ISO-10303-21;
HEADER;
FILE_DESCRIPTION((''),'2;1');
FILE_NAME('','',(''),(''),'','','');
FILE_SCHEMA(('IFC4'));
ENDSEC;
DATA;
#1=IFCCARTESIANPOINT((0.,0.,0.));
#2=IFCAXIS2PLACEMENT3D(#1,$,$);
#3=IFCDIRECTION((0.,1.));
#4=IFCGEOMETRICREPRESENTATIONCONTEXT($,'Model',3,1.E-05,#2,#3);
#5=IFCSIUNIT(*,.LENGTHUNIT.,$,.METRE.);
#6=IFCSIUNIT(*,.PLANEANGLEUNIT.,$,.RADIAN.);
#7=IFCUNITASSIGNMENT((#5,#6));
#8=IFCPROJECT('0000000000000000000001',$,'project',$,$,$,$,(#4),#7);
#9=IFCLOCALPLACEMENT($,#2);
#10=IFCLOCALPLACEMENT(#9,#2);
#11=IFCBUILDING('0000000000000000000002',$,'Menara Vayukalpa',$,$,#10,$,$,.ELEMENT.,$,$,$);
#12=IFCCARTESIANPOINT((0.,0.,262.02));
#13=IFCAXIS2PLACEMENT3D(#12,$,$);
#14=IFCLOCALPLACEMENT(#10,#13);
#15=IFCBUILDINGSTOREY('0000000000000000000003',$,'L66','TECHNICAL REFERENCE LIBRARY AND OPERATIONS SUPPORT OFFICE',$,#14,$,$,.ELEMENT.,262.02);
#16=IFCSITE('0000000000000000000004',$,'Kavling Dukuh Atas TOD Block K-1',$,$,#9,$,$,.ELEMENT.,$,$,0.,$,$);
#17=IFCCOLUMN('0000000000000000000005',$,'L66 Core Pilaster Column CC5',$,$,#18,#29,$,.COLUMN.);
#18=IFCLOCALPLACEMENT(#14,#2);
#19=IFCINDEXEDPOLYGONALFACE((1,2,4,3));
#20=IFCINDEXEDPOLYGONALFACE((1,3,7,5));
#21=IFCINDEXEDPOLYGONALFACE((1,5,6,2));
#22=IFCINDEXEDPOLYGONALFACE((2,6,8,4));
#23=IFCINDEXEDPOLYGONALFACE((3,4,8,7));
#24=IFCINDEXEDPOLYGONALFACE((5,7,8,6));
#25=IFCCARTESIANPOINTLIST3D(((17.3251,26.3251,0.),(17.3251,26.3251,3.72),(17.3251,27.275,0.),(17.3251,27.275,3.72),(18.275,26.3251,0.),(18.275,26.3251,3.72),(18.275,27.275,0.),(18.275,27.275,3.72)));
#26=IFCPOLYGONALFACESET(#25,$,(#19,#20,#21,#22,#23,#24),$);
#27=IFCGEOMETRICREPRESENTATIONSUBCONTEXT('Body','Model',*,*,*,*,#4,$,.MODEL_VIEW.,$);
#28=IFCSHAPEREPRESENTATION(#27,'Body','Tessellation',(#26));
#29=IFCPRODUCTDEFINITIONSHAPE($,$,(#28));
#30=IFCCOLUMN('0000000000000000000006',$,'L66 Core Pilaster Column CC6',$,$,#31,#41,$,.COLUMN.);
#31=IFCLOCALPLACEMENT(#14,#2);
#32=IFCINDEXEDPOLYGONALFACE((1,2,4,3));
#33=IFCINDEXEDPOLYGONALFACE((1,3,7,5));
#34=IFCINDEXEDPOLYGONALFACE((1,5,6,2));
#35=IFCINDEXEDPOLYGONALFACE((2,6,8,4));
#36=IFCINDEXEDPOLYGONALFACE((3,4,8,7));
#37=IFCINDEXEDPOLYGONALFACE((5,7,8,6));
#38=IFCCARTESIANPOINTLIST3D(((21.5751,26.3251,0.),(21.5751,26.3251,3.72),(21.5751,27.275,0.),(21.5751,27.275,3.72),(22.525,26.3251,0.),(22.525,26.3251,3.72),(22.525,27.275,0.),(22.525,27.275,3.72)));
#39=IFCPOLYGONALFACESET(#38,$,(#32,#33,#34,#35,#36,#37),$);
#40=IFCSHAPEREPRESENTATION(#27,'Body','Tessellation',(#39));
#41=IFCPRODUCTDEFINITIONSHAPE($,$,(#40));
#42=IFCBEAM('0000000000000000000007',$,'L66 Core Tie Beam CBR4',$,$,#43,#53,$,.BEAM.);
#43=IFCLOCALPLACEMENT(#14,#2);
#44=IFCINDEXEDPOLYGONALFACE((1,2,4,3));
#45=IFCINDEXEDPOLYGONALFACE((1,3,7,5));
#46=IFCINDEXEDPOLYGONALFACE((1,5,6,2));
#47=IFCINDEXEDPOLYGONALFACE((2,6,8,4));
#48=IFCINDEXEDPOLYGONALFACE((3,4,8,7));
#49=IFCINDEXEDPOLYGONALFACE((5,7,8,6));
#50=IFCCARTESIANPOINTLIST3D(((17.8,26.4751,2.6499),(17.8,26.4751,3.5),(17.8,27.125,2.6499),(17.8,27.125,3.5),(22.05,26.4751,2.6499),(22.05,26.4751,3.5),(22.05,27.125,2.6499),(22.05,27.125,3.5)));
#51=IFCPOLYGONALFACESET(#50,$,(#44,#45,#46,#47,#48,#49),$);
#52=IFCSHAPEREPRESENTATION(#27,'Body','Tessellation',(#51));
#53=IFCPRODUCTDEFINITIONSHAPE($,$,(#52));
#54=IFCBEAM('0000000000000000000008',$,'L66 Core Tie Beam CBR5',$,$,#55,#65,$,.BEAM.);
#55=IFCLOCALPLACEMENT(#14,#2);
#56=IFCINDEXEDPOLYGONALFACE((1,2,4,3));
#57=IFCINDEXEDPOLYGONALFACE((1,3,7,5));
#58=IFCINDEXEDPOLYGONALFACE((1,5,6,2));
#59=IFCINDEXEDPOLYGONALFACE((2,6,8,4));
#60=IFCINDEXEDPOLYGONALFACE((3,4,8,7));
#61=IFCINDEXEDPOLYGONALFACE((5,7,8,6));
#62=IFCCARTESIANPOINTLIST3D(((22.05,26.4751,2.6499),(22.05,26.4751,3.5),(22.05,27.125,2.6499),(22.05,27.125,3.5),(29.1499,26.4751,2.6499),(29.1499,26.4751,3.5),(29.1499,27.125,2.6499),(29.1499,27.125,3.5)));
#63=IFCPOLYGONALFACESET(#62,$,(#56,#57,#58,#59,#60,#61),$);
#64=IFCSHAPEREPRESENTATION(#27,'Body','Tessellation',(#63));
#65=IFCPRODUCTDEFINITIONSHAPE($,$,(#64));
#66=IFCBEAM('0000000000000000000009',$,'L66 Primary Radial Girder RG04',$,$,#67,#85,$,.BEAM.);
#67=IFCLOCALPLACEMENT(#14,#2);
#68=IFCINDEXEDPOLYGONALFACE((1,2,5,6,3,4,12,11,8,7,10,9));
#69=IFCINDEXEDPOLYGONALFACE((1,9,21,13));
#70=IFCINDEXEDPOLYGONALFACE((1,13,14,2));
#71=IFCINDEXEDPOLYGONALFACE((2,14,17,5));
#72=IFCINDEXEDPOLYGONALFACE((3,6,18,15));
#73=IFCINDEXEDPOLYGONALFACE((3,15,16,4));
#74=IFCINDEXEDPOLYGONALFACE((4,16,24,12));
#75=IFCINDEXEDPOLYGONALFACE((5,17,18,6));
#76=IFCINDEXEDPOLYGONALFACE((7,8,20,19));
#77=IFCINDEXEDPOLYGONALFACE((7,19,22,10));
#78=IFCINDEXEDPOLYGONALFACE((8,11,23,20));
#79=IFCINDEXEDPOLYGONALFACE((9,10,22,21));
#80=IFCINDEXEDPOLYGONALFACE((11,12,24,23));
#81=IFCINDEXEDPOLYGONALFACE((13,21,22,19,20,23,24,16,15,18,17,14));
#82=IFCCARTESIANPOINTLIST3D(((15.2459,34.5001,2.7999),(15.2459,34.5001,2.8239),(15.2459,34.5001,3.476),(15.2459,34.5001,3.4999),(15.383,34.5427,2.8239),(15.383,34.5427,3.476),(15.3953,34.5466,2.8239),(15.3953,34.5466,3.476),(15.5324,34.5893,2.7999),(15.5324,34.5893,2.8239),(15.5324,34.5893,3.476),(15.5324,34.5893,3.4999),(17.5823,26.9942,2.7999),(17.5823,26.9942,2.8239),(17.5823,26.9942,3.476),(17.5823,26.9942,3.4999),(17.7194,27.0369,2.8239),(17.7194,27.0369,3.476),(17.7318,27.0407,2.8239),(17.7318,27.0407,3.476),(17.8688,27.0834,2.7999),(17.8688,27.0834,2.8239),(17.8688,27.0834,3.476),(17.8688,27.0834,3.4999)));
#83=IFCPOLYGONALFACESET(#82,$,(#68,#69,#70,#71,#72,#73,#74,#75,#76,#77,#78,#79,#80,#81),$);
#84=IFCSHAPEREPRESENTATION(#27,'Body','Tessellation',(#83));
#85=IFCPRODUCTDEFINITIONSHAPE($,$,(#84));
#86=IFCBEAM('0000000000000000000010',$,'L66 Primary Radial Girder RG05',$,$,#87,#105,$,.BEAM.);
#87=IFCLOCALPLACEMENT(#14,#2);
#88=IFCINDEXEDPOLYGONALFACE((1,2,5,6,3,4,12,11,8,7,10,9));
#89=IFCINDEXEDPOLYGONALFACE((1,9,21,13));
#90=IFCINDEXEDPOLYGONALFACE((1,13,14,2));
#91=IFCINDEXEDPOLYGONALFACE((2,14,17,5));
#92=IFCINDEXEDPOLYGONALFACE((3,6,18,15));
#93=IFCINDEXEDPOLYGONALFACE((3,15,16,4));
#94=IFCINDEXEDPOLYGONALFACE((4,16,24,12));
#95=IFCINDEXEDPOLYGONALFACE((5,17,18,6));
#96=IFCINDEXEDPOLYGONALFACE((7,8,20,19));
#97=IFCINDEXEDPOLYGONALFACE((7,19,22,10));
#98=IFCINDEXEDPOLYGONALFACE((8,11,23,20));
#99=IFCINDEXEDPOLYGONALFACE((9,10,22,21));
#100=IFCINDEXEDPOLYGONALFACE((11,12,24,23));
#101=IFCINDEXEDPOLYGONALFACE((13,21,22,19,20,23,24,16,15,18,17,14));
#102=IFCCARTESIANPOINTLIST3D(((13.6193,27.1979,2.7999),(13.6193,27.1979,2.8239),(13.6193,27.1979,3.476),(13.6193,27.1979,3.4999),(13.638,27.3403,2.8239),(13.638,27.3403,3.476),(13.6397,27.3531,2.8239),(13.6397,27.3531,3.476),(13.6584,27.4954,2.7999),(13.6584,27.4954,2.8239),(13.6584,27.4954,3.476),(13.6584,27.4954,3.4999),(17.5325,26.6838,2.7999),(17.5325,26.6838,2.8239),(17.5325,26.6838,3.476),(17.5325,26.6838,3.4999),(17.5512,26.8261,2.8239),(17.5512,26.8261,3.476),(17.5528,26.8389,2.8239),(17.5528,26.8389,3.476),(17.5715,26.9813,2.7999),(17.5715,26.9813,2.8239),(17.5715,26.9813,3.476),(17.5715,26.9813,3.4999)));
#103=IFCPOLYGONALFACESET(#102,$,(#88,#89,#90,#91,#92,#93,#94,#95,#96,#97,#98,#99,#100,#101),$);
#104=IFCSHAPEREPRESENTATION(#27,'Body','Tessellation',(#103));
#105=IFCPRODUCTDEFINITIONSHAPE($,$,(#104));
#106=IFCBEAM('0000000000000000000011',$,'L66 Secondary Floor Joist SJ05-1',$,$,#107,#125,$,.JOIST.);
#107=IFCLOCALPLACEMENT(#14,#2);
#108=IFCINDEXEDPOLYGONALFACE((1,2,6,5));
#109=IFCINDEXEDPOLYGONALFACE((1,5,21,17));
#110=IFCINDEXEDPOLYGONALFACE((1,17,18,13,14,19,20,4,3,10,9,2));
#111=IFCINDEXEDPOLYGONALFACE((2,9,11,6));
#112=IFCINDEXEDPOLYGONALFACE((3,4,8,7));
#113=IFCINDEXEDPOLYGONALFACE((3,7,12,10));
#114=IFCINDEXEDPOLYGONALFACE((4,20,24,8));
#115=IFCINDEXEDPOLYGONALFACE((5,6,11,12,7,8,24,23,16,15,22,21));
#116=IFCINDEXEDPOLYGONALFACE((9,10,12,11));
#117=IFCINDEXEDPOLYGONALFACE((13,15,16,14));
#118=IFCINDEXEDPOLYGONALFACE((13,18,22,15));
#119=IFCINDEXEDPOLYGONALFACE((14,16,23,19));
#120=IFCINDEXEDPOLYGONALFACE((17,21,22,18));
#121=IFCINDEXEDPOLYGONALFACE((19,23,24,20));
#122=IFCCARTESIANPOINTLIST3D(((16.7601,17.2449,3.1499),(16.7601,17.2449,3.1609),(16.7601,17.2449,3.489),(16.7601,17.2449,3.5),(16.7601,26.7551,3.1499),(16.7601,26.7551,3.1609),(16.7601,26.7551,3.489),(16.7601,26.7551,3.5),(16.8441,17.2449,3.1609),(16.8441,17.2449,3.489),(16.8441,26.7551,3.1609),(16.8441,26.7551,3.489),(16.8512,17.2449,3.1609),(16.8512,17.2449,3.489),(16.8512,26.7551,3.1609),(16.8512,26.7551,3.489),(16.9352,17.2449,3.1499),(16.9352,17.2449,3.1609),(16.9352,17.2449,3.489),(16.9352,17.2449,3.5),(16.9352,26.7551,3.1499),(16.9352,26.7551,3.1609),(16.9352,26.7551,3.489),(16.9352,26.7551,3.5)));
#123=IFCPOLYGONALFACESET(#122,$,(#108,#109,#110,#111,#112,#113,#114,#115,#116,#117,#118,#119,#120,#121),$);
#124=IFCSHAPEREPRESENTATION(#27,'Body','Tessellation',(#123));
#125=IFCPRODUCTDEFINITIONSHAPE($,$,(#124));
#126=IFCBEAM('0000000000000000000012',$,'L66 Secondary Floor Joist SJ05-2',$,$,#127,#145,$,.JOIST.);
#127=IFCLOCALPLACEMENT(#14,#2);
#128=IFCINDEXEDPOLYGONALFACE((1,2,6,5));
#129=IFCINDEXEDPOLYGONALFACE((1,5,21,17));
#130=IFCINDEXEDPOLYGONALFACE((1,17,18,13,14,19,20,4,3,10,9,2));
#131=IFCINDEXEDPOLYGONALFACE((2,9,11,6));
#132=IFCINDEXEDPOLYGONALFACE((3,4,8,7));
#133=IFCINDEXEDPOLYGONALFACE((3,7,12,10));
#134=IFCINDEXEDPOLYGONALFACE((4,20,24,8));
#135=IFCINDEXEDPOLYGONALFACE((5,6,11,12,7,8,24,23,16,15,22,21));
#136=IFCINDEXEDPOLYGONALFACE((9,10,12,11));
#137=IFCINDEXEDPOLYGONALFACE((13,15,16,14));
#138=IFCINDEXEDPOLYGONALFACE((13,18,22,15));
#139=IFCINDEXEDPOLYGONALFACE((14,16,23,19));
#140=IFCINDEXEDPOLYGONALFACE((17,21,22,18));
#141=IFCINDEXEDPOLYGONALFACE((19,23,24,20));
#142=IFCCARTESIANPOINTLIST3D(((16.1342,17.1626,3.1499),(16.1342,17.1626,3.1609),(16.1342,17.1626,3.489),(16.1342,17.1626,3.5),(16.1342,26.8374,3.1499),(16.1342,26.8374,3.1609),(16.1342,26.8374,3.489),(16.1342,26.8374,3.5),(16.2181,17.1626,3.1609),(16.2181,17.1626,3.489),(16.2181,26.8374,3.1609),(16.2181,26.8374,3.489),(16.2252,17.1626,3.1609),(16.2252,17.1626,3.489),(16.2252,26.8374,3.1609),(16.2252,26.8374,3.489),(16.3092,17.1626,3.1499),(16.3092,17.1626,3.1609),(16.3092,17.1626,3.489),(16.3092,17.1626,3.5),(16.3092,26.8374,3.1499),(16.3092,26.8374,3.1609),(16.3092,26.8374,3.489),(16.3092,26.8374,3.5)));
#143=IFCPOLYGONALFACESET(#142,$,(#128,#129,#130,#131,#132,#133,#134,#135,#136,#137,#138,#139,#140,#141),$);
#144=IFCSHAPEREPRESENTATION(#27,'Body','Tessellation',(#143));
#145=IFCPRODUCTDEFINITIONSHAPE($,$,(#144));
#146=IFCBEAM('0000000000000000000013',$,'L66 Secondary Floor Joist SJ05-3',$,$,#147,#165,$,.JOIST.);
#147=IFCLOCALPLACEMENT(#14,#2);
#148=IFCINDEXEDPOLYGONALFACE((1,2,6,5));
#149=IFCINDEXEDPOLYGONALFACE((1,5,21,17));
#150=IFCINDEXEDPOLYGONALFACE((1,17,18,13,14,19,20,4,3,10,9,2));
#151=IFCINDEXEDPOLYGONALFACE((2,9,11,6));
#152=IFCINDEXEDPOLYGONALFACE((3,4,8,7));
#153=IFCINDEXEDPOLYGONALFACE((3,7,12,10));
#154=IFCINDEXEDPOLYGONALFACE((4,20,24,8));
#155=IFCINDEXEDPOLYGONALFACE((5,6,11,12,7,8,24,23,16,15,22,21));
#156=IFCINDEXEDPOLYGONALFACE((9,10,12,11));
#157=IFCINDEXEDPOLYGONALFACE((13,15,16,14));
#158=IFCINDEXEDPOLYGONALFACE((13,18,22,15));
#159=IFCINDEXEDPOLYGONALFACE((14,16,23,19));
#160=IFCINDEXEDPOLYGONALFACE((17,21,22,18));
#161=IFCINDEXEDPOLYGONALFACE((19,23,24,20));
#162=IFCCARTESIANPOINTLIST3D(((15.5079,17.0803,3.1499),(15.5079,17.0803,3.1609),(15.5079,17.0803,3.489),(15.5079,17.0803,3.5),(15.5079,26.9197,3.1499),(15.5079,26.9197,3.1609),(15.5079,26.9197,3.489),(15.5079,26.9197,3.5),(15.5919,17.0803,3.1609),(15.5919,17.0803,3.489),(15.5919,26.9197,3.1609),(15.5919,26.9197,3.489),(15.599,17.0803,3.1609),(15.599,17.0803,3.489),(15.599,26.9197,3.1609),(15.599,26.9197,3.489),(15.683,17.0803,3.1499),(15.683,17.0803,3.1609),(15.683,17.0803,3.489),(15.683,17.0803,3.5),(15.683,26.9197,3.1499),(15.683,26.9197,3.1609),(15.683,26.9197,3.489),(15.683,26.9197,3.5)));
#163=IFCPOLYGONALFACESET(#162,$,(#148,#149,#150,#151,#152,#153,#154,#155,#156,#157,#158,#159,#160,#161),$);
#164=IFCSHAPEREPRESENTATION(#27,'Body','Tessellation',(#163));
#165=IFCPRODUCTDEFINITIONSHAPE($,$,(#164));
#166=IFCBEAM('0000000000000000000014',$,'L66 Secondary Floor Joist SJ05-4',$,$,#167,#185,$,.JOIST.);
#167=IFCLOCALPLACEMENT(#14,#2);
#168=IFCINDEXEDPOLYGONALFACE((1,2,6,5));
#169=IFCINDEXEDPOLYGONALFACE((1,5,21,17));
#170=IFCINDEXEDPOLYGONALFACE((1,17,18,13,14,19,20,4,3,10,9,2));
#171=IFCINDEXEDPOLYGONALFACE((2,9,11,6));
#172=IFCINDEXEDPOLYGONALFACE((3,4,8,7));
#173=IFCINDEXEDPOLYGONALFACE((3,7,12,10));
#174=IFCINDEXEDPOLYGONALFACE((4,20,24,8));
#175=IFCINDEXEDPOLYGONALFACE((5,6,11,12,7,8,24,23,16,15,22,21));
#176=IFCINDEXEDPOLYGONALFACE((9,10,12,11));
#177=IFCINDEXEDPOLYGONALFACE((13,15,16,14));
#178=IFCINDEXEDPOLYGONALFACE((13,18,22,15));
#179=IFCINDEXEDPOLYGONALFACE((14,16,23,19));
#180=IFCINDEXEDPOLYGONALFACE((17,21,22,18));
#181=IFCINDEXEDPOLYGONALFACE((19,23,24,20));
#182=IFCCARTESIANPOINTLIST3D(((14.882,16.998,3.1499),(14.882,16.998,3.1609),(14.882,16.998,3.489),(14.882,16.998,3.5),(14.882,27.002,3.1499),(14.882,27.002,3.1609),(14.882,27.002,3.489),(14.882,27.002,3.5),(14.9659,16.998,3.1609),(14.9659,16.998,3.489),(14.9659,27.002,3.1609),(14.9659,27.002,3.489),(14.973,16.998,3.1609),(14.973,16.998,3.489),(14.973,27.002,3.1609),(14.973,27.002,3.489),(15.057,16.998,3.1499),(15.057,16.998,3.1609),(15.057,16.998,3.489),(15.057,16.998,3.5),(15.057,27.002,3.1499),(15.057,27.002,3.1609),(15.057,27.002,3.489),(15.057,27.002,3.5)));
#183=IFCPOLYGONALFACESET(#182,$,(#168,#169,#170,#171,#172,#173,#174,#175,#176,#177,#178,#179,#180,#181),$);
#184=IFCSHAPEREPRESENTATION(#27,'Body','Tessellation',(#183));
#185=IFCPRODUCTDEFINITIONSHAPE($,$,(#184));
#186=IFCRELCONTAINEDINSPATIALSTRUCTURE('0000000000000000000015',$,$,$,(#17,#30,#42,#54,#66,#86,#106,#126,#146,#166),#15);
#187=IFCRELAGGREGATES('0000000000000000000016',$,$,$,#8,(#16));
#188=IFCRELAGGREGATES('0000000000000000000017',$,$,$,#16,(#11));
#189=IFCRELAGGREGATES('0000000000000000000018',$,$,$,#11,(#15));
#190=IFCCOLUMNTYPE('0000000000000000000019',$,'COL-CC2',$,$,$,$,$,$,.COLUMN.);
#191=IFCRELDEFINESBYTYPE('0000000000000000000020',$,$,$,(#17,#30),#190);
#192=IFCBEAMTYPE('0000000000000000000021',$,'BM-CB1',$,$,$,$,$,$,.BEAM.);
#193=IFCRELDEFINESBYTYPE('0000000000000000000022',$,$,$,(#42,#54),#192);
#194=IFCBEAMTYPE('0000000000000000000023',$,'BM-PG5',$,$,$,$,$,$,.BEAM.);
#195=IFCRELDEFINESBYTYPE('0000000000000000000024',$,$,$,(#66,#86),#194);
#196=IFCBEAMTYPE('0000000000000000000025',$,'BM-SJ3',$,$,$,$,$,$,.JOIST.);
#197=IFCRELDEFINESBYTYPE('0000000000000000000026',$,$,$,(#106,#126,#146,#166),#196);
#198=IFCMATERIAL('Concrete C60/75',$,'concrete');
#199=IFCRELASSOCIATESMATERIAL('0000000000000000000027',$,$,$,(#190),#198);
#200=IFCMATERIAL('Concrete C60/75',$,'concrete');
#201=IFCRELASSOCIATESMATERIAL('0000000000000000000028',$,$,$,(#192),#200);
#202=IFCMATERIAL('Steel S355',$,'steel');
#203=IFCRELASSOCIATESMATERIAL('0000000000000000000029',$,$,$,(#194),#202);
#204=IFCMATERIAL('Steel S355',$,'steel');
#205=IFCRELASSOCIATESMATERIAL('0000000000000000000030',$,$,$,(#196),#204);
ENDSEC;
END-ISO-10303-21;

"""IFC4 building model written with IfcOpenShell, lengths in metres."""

from ifc_helpers import new_model, si_unit, direction, frame, origin, origin_2d, place, context, subcontext, project, spatial, rectangle, i_section, extrude, material, material_profile, profile_set, type_object, element, save


model = new_model("IFC4")

# Units and contexts
model_context = context("Model", 3, precision=1e-05, world=origin(), true_north=direction((0.0, 1.0)))
body_context = subcontext(model_context, "Body", "Model", "MODEL_VIEW")
ifc_project = project(units=[si_unit("LENGTHUNIT", "METRE"), si_unit("PLANEANGLEUNIT", "RADIAN")], contexts=[model_context])

# Site, building, storey
site_placement = place(None, origin())
site = spatial("IfcSite", under=ifc_project, at=site_placement, Name="Kavling Dukuh Atas TOD Block K-1", CompositionType="ELEMENT", RefElevation=0.0)
building_placement = place(site_placement, origin())
building = spatial("IfcBuilding", under=site, at=building_placement, Name="Menara Vayukalpa", CompositionType="ELEMENT")
storey_placement = place(building_placement, frame((0.0, 0.0, 262.02)))
storey = spatial("IfcBuildingStorey", under=building, at=storey_placement, Name="L66", Description="TECHNICAL REFERENCE LIBRARY AND OPERATIONS SUPPORT OFFICE", CompositionType="ELEMENT", Elevation=262.02)

# Columns
ifc_material_1 = material(Name="Concrete C60/75", Category="concrete")
ifc_material_profile_1 = material_profile(ifc_material_1, rectangle(XDim=0.95, YDim=0.95, at=origin_2d()), Name="RC 950x950")
ifc_profile_set_1 = profile_set([ifc_material_profile_1], Name="Concrete C60/75")
column_type = type_object("IfcColumnType", Name="COL-CC2", PredefinedType="COLUMN", material=ifc_profile_set_1)
for number, where, z_axis, x_axis, name in (
    (1, (17.8, 26.8, 0.0), (0.0, 0.0, 1.0), (1.0, 0.0, 0.0), "L66 Core Pilaster Column CC5"),
    (2, (22.05, 26.8, 0.0), (0.0, 0.0, 1.0), (1.0, 0.0, 0.0), "L66 Core Pilaster Column CC6"),
):
    element("IfcColumn", number, at=place(storey_placement, frame(where, z_axis=z_axis, x_axis=x_axis)), inside=storey, type_object=column_type, Name=name, PredefinedType="COLUMN", context=body_context, shape_type="SweptSolid", body=[
        extrude(rectangle(XDim=0.95, YDim=0.95, at=origin_2d()), origin(), (0.0, 0.0, 1.0), 3.72),
    ])

# Beams
ifc_material_2 = material(Name="Concrete C60/75", Category="concrete")
ifc_material_profile_2 = material_profile(ifc_material_2, rectangle(XDim=0.6499, YDim=0.8501, at=origin_2d()), Name="RC 650x850")
ifc_profile_set_2 = profile_set([ifc_material_profile_2], Name="Concrete C60/75")
beam_type_1 = type_object("IfcBeamType", Name="BM-CB1", PredefinedType="BEAM", material=ifc_profile_set_2)
beam_1_placement = place(storey_placement, frame((17.8, 26.8, 3.075), z_axis=(1.0, 0.0, 0.0), x_axis=(0.0, 1.0, 0.0)))
element("IfcBeam", 3, at=beam_1_placement, inside=storey, type_object=beam_type_1, Name="L66 Core Tie Beam CBR4", PredefinedType="BEAM", context=body_context, shape_type="SweptSolid", body=[
    extrude(rectangle(XDim=0.6499, YDim=0.8501, at=origin_2d()), origin(), (0.0, 0.0, 1.0), 4.25),
])
beam_2_placement = place(storey_placement, frame((22.05, 26.8, 3.075), z_axis=(1.0, 0.0, 0.0), x_axis=(0.0, 1.0, 0.0)))
element("IfcBeam", 4, at=beam_2_placement, inside=storey, type_object=beam_type_1, Name="L66 Core Tie Beam CBR5", PredefinedType="BEAM", context=body_context, shape_type="SweptSolid", body=[
    extrude(rectangle(XDim=0.6499, YDim=0.8501, at=origin_2d()), origin(), (0.0, 0.0, 1.0), 7.0999),
])
ifc_material_3 = material(Name="Steel S355", Category="steel")
ifc_material_profile_3 = material_profile(ifc_material_3, i_section(OverallWidth=0.3, OverallDepth=0.7, WebThickness=0.0129, FlangeThickness=0.0239, at=origin_2d()), Name="WF 700x300x13x24")
ifc_profile_set_3 = profile_set([ifc_material_profile_3], Name="Steel S355")
beam_type_2 = type_object("IfcBeamType", Name="BM-PG5", PredefinedType="BEAM", material=ifc_profile_set_3)
beam_3_placement = place(storey_placement, frame((17.7256, 27.0388, 3.1499), z_axis=(-0.297214, 0.954811, 0.0), x_axis=(-0.954811, -0.297214, 0.0)))
element("IfcBeam", 5, at=beam_3_placement, inside=storey, type_object=beam_type_2, Name="L66 Primary Radial Girder RG04", PredefinedType="BEAM", context=body_context, shape_type="SweptSolid", body=[
    extrude(i_section(OverallWidth=0.3, OverallDepth=0.7, WebThickness=0.0129, FlangeThickness=0.0239, at=origin_2d()), origin(), (0.0, 0.0, 1.0), 7.8611),
])
beam_4_placement = place(storey_placement, frame((17.552, 26.8325, 3.1499), z_axis=(-0.991478, 0.130275, 0.0), x_axis=(-0.130275, -0.991478, 0.0)))
element("IfcBeam", 6, at=beam_4_placement, inside=storey, type_object=beam_type_2, Name="L66 Primary Radial Girder RG05", PredefinedType="BEAM", context=body_context, shape_type="SweptSolid", body=[
    extrude(i_section(OverallWidth=0.3, OverallDepth=0.7, WebThickness=0.0129, FlangeThickness=0.0239, at=origin_2d()), origin(), (0.0, 0.0, 1.0), 3.9468),
])
ifc_material_4 = material(Name="Steel S355", Category="steel")
ifc_material_profile_4 = material_profile(ifc_material_4, i_section(OverallWidth=0.175, OverallDepth=0.3501, WebThickness=0.0071, FlangeThickness=0.011, at=origin_2d()), Name="WF 350x175x7x11")
ifc_profile_set_4 = profile_set([ifc_material_profile_4], Name="Steel S355")
beam_type_3 = type_object("IfcBeamType", Name="BM-SJ3", PredefinedType="JOIST", material=ifc_profile_set_4)
beam_5_placement = place(storey_placement, frame((16.8477, 26.7551, 3.325), z_axis=(0.0, -1.0, 0.0), x_axis=(1.0, 0.0, 0.0)))
element("IfcBeam", 7, at=beam_5_placement, inside=storey, type_object=beam_type_3, Name="L66 Secondary Floor Joist SJ05-1", PredefinedType="JOIST", context=body_context, shape_type="SweptSolid", body=[
    extrude(i_section(OverallWidth=0.175, OverallDepth=0.3501, WebThickness=0.0071, FlangeThickness=0.011, at=origin_2d()), origin(), (0.0, 0.0, 1.0), 9.5103),
])
beam_6_placement = place(storey_placement, frame((16.2217, 26.8374, 3.325), z_axis=(0.0, -1.0, 0.0), x_axis=(1.0, 0.0, 0.0)))
element("IfcBeam", 8, at=beam_6_placement, inside=storey, type_object=beam_type_3, Name="L66 Secondary Floor Joist SJ05-2", PredefinedType="JOIST", context=body_context, shape_type="SweptSolid", body=[
    extrude(i_section(OverallWidth=0.175, OverallDepth=0.3501, WebThickness=0.0071, FlangeThickness=0.011, at=origin_2d()), origin(), (0.0, 0.0, 1.0), 9.6748),
])
beam_7_placement = place(storey_placement, frame((15.5955, 26.9197, 3.325), z_axis=(0.0, -1.0, 0.0), x_axis=(1.0, 0.0, 0.0)))
element("IfcBeam", 9, at=beam_7_placement, inside=storey, type_object=beam_type_3, Name="L66 Secondary Floor Joist SJ05-3", PredefinedType="JOIST", context=body_context, shape_type="SweptSolid", body=[
    extrude(i_section(OverallWidth=0.175, OverallDepth=0.3501, WebThickness=0.0071, FlangeThickness=0.011, at=origin_2d()), origin(), (0.0, 0.0, 1.0), 9.8394),
])
beam_8_placement = place(storey_placement, frame((14.9695, 27.002, 3.325), z_axis=(0.0, -1.0, 0.0), x_axis=(1.0, 0.0, 0.0)))
element("IfcBeam", 10, at=beam_8_placement, inside=storey, type_object=beam_type_3, Name="L66 Secondary Floor Joist SJ05-4", PredefinedType="JOIST", context=body_context, shape_type="SweptSolid", body=[
    extrude(i_section(OverallWidth=0.175, OverallDepth=0.3501, WebThickness=0.0071, FlangeThickness=0.011, at=origin_2d()), origin(), (0.0, 0.0, 1.0), 10.0039),
])

save(model, "model.ifc")
